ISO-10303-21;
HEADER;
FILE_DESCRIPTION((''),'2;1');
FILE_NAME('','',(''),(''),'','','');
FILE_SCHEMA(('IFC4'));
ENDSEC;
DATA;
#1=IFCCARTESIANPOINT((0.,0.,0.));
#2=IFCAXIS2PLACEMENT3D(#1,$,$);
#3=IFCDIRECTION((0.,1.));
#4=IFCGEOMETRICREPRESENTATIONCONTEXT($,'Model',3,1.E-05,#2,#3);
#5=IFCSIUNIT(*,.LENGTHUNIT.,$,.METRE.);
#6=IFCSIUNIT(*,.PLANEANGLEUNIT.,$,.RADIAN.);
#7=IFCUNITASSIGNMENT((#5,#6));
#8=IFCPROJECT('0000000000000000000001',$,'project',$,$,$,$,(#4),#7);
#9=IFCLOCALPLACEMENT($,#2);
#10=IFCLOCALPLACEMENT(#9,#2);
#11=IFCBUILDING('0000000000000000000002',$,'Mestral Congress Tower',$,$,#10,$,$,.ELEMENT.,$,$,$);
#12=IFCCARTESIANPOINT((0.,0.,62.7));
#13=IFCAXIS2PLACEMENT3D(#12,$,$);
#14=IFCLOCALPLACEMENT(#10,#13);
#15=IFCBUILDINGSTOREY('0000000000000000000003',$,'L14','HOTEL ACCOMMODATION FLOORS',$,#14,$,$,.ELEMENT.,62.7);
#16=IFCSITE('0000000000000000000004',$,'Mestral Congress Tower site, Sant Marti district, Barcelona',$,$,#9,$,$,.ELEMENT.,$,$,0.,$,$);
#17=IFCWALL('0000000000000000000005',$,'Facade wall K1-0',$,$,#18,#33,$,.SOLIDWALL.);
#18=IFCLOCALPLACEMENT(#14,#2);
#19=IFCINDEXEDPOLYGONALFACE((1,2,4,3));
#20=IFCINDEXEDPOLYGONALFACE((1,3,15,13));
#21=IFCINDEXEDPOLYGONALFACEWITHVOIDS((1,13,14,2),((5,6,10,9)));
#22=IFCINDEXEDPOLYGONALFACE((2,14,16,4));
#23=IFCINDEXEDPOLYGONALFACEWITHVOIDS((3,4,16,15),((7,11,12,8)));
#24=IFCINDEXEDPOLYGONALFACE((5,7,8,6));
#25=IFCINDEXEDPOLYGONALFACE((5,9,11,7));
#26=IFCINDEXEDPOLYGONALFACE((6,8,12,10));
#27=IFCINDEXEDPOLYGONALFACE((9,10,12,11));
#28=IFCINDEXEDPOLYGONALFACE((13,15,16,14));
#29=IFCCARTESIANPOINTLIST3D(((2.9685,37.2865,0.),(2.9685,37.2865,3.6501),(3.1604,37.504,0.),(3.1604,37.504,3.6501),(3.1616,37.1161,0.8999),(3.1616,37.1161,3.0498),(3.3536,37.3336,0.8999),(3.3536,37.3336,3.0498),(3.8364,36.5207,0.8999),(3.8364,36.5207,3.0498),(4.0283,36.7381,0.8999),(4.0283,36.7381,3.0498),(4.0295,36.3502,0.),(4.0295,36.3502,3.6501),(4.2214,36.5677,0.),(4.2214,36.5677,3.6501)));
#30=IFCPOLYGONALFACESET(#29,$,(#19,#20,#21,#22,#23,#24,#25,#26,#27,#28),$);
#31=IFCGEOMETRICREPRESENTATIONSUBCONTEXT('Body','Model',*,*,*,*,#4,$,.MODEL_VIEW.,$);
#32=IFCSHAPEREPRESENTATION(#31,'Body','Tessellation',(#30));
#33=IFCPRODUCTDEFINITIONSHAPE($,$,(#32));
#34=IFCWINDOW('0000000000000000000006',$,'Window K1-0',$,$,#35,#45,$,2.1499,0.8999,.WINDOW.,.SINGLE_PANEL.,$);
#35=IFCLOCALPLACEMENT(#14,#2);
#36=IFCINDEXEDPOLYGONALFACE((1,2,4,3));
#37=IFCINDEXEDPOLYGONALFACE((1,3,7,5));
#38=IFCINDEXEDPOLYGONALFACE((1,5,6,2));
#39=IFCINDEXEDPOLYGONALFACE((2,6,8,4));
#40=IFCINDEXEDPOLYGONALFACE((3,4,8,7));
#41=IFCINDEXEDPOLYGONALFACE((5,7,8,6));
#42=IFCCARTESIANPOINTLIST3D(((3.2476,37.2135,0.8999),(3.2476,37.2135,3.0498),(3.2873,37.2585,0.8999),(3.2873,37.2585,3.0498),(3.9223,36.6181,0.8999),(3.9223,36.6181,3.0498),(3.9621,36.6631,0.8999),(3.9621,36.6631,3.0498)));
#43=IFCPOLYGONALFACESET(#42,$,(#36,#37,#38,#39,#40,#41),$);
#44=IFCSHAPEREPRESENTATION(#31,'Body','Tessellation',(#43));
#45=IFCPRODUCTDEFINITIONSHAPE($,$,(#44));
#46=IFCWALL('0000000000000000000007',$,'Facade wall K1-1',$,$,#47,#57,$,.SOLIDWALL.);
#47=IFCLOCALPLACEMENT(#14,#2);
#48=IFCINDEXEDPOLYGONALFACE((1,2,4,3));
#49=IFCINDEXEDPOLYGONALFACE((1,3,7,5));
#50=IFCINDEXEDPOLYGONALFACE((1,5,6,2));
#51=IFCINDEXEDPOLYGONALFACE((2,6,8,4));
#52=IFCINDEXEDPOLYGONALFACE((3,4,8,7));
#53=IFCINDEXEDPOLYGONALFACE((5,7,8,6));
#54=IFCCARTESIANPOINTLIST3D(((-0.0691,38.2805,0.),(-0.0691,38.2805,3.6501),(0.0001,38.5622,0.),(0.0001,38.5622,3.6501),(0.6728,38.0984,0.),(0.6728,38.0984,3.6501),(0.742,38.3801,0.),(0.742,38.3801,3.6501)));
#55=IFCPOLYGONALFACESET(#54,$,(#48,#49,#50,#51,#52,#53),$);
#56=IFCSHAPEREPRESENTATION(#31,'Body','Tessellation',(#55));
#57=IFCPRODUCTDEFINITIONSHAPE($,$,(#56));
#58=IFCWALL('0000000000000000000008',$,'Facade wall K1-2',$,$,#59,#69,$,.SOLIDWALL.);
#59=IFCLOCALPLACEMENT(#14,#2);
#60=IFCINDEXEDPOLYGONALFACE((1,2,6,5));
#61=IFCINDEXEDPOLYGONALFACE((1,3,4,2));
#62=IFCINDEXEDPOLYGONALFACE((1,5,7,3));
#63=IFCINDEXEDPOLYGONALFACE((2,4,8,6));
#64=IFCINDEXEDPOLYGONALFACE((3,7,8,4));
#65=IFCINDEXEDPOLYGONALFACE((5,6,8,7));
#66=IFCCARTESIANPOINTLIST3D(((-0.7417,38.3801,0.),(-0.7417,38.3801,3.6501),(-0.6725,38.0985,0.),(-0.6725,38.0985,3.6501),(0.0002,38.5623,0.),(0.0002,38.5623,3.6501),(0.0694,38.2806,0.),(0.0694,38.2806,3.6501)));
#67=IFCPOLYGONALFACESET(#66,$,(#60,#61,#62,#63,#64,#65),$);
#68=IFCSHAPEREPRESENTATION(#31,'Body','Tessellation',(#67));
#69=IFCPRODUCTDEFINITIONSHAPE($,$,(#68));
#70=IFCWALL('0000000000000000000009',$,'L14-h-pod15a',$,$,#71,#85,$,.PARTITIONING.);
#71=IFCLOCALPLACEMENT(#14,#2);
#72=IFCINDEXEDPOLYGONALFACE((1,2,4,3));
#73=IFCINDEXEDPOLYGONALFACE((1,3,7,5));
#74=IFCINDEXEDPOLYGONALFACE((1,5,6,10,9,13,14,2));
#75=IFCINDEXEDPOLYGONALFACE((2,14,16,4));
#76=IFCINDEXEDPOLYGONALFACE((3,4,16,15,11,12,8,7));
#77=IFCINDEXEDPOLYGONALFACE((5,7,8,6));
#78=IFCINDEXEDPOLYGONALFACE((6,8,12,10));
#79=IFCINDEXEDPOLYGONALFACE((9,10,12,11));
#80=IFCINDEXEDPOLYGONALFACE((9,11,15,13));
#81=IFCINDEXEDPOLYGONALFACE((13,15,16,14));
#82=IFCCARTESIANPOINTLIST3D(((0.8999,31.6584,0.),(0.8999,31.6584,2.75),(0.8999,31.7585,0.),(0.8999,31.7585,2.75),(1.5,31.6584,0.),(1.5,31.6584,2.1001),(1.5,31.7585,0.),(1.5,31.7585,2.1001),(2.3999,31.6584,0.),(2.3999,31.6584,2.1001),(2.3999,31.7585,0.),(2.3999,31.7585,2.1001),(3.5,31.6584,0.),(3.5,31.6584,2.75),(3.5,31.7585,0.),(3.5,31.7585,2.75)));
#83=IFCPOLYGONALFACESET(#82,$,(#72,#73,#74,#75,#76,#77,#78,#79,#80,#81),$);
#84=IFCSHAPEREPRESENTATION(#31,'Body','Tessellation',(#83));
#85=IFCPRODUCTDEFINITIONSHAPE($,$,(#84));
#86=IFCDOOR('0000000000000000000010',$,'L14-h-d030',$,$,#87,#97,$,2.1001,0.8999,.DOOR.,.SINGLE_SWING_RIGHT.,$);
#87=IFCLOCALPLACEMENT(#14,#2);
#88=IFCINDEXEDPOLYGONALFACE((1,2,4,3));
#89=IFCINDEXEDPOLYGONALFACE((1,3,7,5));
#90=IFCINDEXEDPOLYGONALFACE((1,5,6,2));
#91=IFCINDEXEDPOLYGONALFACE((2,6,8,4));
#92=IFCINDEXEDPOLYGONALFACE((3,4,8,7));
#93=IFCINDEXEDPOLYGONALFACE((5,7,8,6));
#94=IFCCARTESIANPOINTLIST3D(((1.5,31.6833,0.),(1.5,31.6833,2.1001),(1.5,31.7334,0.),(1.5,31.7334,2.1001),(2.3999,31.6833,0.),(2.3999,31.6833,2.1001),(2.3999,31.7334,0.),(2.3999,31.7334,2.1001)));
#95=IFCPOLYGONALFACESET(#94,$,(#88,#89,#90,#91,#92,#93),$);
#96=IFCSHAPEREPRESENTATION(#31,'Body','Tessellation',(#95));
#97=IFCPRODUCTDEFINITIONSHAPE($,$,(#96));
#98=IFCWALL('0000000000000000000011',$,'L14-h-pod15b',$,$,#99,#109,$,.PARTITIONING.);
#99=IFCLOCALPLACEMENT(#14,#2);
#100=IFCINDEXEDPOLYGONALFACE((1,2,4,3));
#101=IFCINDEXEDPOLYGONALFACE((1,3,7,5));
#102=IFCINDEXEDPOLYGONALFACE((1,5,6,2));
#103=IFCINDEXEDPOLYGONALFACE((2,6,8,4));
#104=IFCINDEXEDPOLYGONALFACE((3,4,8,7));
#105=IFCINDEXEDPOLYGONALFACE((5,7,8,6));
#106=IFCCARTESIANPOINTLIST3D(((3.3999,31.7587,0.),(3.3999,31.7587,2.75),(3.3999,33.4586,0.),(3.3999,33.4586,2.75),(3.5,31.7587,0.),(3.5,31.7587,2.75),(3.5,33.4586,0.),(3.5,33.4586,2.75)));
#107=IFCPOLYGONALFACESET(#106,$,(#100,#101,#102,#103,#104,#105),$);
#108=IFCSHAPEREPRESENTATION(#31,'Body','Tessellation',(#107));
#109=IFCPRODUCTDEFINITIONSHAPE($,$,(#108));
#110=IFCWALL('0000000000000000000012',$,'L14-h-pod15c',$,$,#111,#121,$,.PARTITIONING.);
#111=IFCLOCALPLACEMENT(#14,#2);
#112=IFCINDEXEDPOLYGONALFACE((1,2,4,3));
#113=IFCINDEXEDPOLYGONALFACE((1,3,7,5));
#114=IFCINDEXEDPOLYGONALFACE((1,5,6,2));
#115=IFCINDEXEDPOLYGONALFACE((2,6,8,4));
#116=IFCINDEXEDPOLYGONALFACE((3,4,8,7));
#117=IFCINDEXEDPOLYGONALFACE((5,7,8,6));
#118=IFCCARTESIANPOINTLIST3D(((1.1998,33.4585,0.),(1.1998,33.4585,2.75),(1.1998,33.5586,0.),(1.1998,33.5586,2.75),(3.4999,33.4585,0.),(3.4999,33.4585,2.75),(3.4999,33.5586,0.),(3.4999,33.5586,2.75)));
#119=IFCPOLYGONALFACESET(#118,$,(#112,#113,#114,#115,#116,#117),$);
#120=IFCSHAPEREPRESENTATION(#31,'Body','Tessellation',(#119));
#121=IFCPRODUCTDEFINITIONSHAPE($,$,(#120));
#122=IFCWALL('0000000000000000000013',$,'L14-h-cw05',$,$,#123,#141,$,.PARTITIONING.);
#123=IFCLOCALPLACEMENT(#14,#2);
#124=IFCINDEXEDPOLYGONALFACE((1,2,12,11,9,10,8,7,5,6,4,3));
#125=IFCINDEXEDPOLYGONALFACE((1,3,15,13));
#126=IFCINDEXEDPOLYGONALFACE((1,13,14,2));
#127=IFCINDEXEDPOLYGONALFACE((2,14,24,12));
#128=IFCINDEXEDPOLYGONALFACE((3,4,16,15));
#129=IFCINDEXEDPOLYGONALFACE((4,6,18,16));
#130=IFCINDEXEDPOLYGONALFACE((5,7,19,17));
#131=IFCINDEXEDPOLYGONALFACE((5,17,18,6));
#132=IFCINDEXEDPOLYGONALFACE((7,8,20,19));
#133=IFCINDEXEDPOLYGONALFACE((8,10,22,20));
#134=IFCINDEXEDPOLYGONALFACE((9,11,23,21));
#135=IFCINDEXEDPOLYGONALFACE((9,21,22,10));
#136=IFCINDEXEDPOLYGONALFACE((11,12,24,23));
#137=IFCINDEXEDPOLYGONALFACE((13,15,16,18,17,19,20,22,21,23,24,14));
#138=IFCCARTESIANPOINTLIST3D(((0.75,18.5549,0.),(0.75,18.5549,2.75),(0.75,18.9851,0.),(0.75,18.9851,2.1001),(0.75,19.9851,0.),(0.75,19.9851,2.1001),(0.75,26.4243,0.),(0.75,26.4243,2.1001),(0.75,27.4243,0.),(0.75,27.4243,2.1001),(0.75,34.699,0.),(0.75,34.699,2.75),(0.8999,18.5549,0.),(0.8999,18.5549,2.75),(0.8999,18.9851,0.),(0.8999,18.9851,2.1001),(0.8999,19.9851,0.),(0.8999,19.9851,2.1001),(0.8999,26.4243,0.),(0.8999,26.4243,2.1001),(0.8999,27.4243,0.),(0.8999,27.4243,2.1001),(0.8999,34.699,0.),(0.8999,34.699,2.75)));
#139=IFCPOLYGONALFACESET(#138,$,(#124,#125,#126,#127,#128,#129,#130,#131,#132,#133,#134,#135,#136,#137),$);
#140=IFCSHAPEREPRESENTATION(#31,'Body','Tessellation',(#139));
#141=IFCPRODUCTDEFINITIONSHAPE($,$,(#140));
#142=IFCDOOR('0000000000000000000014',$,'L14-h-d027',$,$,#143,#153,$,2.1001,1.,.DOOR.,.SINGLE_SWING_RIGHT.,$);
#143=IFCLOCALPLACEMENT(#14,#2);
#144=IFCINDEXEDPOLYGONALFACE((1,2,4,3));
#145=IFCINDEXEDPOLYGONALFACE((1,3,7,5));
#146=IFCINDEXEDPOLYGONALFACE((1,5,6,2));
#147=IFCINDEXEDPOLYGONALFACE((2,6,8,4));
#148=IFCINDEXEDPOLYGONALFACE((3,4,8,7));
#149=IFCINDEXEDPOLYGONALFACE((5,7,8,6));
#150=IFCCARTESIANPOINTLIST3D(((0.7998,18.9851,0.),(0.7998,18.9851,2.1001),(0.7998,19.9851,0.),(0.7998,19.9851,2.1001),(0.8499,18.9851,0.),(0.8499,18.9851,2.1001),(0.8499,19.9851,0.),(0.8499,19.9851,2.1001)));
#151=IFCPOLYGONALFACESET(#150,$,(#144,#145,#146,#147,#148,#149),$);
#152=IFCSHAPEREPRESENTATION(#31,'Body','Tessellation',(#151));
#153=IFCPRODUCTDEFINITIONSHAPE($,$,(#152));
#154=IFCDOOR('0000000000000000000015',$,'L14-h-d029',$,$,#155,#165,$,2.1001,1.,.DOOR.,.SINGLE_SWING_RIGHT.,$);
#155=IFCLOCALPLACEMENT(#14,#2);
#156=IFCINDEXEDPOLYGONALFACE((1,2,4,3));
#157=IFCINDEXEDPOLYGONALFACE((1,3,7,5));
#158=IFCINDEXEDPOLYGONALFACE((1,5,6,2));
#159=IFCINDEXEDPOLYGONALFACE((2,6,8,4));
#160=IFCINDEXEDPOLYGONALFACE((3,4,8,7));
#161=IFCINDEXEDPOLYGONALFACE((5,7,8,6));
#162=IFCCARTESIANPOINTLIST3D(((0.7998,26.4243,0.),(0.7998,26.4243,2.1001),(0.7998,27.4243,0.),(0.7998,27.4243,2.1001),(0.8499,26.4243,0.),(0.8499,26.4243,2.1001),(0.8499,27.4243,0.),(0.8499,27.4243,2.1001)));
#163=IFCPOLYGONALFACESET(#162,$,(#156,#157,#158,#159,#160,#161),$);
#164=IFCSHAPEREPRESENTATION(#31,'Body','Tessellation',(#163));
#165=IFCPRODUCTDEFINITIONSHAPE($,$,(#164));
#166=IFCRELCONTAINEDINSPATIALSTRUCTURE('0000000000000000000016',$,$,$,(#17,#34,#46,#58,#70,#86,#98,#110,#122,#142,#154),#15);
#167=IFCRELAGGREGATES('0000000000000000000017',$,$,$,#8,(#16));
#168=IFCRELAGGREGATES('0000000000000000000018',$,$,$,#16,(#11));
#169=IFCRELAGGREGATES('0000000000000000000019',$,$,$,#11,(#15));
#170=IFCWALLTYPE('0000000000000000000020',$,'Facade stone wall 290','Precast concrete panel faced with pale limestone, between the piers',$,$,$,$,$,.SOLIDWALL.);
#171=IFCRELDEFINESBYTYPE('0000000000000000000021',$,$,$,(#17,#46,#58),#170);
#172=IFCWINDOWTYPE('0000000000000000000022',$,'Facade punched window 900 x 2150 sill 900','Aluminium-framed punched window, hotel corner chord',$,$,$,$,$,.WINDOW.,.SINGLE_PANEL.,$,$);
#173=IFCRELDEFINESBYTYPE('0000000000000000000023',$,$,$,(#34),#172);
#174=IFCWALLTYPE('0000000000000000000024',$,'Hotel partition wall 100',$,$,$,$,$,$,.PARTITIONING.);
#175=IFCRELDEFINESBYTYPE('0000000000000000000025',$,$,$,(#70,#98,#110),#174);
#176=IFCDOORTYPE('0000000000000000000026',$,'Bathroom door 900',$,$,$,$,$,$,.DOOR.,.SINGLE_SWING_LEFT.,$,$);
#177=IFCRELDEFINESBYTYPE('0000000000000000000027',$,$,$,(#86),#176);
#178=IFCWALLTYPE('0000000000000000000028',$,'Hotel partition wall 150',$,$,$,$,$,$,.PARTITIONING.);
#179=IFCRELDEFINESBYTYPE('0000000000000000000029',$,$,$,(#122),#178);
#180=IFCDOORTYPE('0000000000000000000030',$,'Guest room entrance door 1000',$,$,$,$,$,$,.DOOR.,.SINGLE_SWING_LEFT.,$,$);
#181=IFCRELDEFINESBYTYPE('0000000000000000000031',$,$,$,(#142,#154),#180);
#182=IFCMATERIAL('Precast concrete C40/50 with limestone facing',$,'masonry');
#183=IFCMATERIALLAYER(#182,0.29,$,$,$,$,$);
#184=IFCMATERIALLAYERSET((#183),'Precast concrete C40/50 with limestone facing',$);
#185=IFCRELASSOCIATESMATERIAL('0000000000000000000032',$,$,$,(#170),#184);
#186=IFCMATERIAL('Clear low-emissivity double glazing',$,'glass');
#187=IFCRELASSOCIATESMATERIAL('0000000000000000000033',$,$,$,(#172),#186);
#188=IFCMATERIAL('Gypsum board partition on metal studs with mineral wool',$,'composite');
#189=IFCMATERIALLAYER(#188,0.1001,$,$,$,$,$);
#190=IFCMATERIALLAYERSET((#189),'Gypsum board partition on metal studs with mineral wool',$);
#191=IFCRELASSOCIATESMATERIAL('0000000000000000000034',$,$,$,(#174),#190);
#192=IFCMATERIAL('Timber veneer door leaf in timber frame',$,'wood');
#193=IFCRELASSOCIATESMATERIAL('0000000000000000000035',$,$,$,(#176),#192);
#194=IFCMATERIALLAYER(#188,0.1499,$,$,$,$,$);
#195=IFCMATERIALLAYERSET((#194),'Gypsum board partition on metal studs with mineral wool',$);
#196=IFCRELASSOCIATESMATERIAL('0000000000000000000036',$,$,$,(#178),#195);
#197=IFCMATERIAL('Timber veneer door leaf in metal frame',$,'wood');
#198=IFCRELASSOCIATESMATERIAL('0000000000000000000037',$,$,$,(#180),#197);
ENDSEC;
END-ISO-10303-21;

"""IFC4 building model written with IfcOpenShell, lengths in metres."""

from ifc_helpers import new_model, si_unit, direction, frame, frame_2d, origin, place, context, subcontext, project, spatial, rectangle, extrude, material, layer, layer_set, type_object, element, fill, save


model = new_model("IFC4")

# Units and contexts
model_context = context("Model", 3, precision=1e-05, world=origin(), true_north=direction((0.0, 1.0)))
body_context = subcontext(model_context, "Body", "Model", "MODEL_VIEW")
ifc_project = project(units=[si_unit("LENGTHUNIT", "METRE"), si_unit("PLANEANGLEUNIT", "RADIAN")], contexts=[model_context])

# Site, building, storey
site_placement = place(None, origin())
site = spatial("IfcSite", under=ifc_project, at=site_placement, Name="Mestral Congress Tower site, Sant Marti district, Barcelona", CompositionType="ELEMENT", RefElevation=0.0)
building_placement = place(site_placement, origin())
building = spatial("IfcBuilding", under=site, at=building_placement, Name="Mestral Congress Tower", CompositionType="ELEMENT")
storey_placement = place(building_placement, frame((0.0, 0.0, 62.7)))
storey = spatial("IfcBuildingStorey", under=building, at=storey_placement, Name="L14", Description="HOTEL ACCOMMODATION FLOORS", CompositionType="ELEMENT", Elevation=62.7)

# Wall, opening, window
ifc_material_1 = material(Name="Precast concrete C40/50 with limestone facing", Category="masonry")
ifc_layer_1 = layer(ifc_material_1, 0.29)
ifc_layer_set_1 = layer_set([ifc_layer_1], Name="Precast concrete C40/50 with limestone facing")
wall_type_1 = type_object("IfcWallType", Name="Facade stone wall 290", Description="Precast concrete panel faced with pale limestone, between the piers", PredefinedType="SOLIDWALL", material=ifc_layer_set_1)
wall_1_placement = place(storey_placement, frame((4.1255, 36.459, 0.0), z_axis=(0.0, 0.0, 1.0), x_axis=(-0.749813, 0.66165, 0.0)))
wall_1 = element("IfcWall", 1, at=wall_1_placement, inside=storey, type_object=wall_type_1, Name="Facade wall K1-0", PredefinedType="SOLIDWALL", context=body_context, shape_type="SweptSolid", body=[
    extrude(rectangle(XDim=1.415, YDim=0.29, at=frame_2d((0.7075, 0.0))), origin(), (0.0, 0.0, 1.0), 3.6501),
])
opening_1_placement = place(wall_1_placement, frame((0.2576, 0.0, 0.8999)))
opening_1 = element("IfcOpeningElement", 2, at=opening_1_placement, cuts=wall_1, PredefinedType="OPENING", context=body_context, shape_type="SweptSolid", body=[
    extrude(rectangle(XDim=0.8999, YDim=2.1499, at=frame_2d((0.45, 1.075))), frame((0.0, 0.155, 0.0), z_axis=(0.0, -1.0, 0.0), x_axis=(1.0, 0.0, 0.0)), (0.0, 0.0, 1.0), 0.3101),
])
ifc_material_2 = material(Name="Clear low-emissivity double glazing", Category="glass")
window_type = type_object("IfcWindowType", Name="Facade punched window 900 x 2150 sill 900", Description="Aluminium-framed punched window, hotel corner chord", PartitioningType="SINGLE_PANEL", PredefinedType="WINDOW", material=ifc_material_2)
window_placement = place(opening_1_placement, origin())
window = element("IfcWindow", 3, at=window_placement, inside=storey, type_object=window_type, Name="Window K1-0", OverallHeight=2.1499, OverallWidth=0.8999, PartitioningType="SINGLE_PANEL", PredefinedType="WINDOW", context=body_context, shape_type="SweptSolid", body=[
    extrude(rectangle(XDim=0.8999, YDim=2.1499, at=frame_2d((0.45, 1.075))), frame((0.0, 0.0151, 0.0), z_axis=(0.0, -1.0, 0.0), x_axis=(1.0, 0.0, 0.0)), (0.0, 0.0, 1.0), 0.0601),
])
fill(opening_1, window)

# Walls
for number, where, z_axis, x_axis, name in (
    (4, (0.7073, 38.2393, 0.0), (0.0, 0.0, 1.0), (-0.971168, 0.238398, 0.0), "Facade wall K1-1"),
    (5, (0.0347, 38.4214, 0.0), (0.0, 0.0, 1.0), (-0.971168, -0.238398, 0.0), "Facade wall K1-2"),
):
    element("IfcWall", number, at=place(storey_placement, frame(where, z_axis=z_axis, x_axis=x_axis)), inside=storey, type_object=wall_type_1, Name=name, PredefinedType="SOLIDWALL", context=body_context, shape_type="SweptSolid", body=[
        extrude(rectangle(XDim=0.7639, YDim=0.29, at=frame_2d((0.3818, 0.0))), origin(), (0.0, 0.0, 1.0), 3.6501),
    ])

# Wall, opening, door
ifc_material_3 = material(Name="Gypsum board partition on metal studs with mineral wool", Category="composite")
ifc_layer_2 = layer(ifc_material_3, 0.1001)
ifc_layer_set_2 = layer_set([ifc_layer_2], Name="Gypsum board partition on metal studs with mineral wool")
wall_type_2 = type_object("IfcWallType", Name="Hotel partition wall 100", PredefinedType="PARTITIONING", material=ifc_layer_set_2)
wall_2_placement = place(storey_placement, frame((0.8999, 31.7085, 0.0), z_axis=(0.0, 0.0, 1.0), x_axis=(1.0, 0.0, 0.0)))
wall_2 = element("IfcWall", 6, at=wall_2_placement, inside=storey, type_object=wall_type_2, Name="L14-h-pod15a", PredefinedType="PARTITIONING", context=body_context, shape_type="SweptSolid", body=[
    extrude(rectangle(XDim=2.6001, YDim=0.1001, at=frame_2d((1.3, 0.0))), origin(), (0.0, 0.0, 1.0), 2.75),
])
opening_2_placement = place(wall_2_placement, frame((0.6001, 0.0, 0.0)))
opening_2 = element("IfcOpeningElement", 7, at=opening_2_placement, cuts=wall_2, PredefinedType="OPENING", context=body_context, shape_type="SweptSolid", body=[
    extrude(rectangle(XDim=0.8999, YDim=2.1001, at=frame_2d((0.45, 1.05))), frame((0.0, 0.0601, 0.0), z_axis=(0.0, -1.0, 0.0), x_axis=(1.0, 0.0, 0.0)), (0.0, 0.0, 1.0), 0.1201),
])
ifc_material_4 = material(Name="Timber veneer door leaf in timber frame", Category="wood")
door_type_1 = type_object("IfcDoorType", Name="Bathroom door 900", OperationType="SINGLE_SWING_LEFT", PredefinedType="DOOR", material=ifc_material_4)
door_1_placement = place(opening_2_placement, origin())
door_1 = element("IfcDoor", 8, at=door_1_placement, inside=storey, type_object=door_type_1, Name="L14-h-d030", OperationType="SINGLE_SWING_RIGHT", OverallHeight=2.1001, OverallWidth=0.8999, PredefinedType="DOOR", context=body_context, shape_type="SweptSolid", body=[
    extrude(rectangle(XDim=0.8999, YDim=2.1001, at=frame_2d((0.45, 1.05))), frame((0.0, 0.0249, 0.0), z_axis=(0.0, -1.0, 0.0), x_axis=(1.0, 0.0, 0.0)), (0.0, 0.0, 1.0), 0.05),
])
fill(opening_2, door_1)

# Walls
wall_3_placement = place(storey_placement, frame((3.45, 31.7585, 0.0), z_axis=(0.0, 0.0, 1.0), x_axis=(0.0, 1.0, 0.0)))
element("IfcWall", 9, at=wall_3_placement, inside=storey, type_object=wall_type_2, Name="L14-h-pod15b", PredefinedType="PARTITIONING", context=body_context, shape_type="SweptSolid", body=[
    extrude(rectangle(XDim=1.7, YDim=0.1001, at=frame_2d((0.8501, 0.0))), origin(), (0.0, 0.0, 1.0), 2.75),
])
wall_4_placement = place(storey_placement, frame((1.2, 33.5085, 0.0), z_axis=(0.0, 0.0, 1.0), x_axis=(1.0, 0.0, 0.0)))
element("IfcWall", 10, at=wall_4_placement, inside=storey, type_object=wall_type_2, Name="L14-h-pod15c", PredefinedType="PARTITIONING", context=body_context, shape_type="SweptSolid", body=[
    extrude(rectangle(XDim=2.3, YDim=0.1001, at=frame_2d((1.1499, 0.0))), origin(), (0.0, 0.0, 1.0), 2.75),
])

# Wall, openings, doors
ifc_layer_3 = layer(ifc_material_3, 0.1499)
ifc_layer_set_3 = layer_set([ifc_layer_3], Name="Gypsum board partition on metal studs with mineral wool")
wall_type_3 = type_object("IfcWallType", Name="Hotel partition wall 150", PredefinedType="PARTITIONING", material=ifc_layer_set_3)
wall_5_placement = place(storey_placement, frame((0.825, 34.699, 0.0), z_axis=(0.0, 0.0, 1.0), x_axis=(0.0, -1.0, 0.0)))
wall_5 = element("IfcWall", 11, at=wall_5_placement, inside=storey, type_object=wall_type_3, Name="L14-h-cw05", PredefinedType="PARTITIONING", context=body_context, shape_type="SweptSolid", body=[
    extrude(rectangle(XDim=16.144, YDim=0.1499, at=frame_2d((8.072, 0.0))), origin(), (0.0, 0.0, 1.0), 2.75),
])
opening_3_placement = place(wall_5_placement, frame((14.7139, 0.0, 0.0)))
opening_3 = element("IfcOpeningElement", 12, at=opening_3_placement, cuts=wall_5, PredefinedType="OPENING", context=body_context, shape_type="SweptSolid", body=[
    extrude(rectangle(XDim=1.0, YDim=2.1001, at=frame_2d((0.5, 1.05))), frame((0.0, 0.085, 0.0), z_axis=(0.0, -1.0, 0.0), x_axis=(1.0, 0.0, 0.0)), (0.0, 0.0, 1.0), 0.1699),
])
opening_4_placement = place(wall_5_placement, frame((7.2747, 0.0, 0.0)))
opening_4 = element("IfcOpeningElement", 13, at=opening_4_placement, cuts=wall_5, PredefinedType="OPENING", context=body_context, shape_type="SweptSolid", body=[
    extrude(rectangle(XDim=1.0, YDim=2.1001, at=frame_2d((0.5, 1.05))), frame((0.0, 0.085, 0.0), z_axis=(0.0, -1.0, 0.0), x_axis=(1.0, 0.0, 0.0)), (0.0, 0.0, 1.0), 0.1699),
])
ifc_material_5 = material(Name="Timber veneer door leaf in metal frame", Category="wood")
door_type_2 = type_object("IfcDoorType", Name="Guest room entrance door 1000", OperationType="SINGLE_SWING_LEFT", PredefinedType="DOOR", material=ifc_material_5)
door_2_placement = place(opening_3_placement, origin())
door_2 = element("IfcDoor", 14, at=door_2_placement, inside=storey, type_object=door_type_2, Name="L14-h-d027", OperationType="SINGLE_SWING_RIGHT", OverallHeight=2.1001, OverallWidth=1.0, PredefinedType="DOOR", context=body_context, shape_type="SweptSolid", body=[
    extrude(rectangle(XDim=1.0, YDim=2.1001, at=frame_2d((0.5, 1.05))), frame((0.0, 0.0249, 0.0), z_axis=(0.0, -1.0, 0.0), x_axis=(1.0, 0.0, 0.0)), (0.0, 0.0, 1.0), 0.05),
])
fill(opening_3, door_2)
door_3_placement = place(opening_4_placement, origin())
door_3 = element("IfcDoor", 15, at=door_3_placement, inside=storey, type_object=door_type_2, Name="L14-h-d029", OperationType="SINGLE_SWING_RIGHT", OverallHeight=2.1001, OverallWidth=1.0, PredefinedType="DOOR", context=body_context, shape_type="SweptSolid", body=[
    extrude(rectangle(XDim=1.0, YDim=2.1001, at=frame_2d((0.5, 1.05))), frame((0.0, 0.0249, 0.0), z_axis=(0.0, -1.0, 0.0), x_axis=(1.0, 0.0, 0.0)), (0.0, 0.0, 1.0), 0.05),
])
fill(opening_4, door_3)

save(model, "model.ifc")
